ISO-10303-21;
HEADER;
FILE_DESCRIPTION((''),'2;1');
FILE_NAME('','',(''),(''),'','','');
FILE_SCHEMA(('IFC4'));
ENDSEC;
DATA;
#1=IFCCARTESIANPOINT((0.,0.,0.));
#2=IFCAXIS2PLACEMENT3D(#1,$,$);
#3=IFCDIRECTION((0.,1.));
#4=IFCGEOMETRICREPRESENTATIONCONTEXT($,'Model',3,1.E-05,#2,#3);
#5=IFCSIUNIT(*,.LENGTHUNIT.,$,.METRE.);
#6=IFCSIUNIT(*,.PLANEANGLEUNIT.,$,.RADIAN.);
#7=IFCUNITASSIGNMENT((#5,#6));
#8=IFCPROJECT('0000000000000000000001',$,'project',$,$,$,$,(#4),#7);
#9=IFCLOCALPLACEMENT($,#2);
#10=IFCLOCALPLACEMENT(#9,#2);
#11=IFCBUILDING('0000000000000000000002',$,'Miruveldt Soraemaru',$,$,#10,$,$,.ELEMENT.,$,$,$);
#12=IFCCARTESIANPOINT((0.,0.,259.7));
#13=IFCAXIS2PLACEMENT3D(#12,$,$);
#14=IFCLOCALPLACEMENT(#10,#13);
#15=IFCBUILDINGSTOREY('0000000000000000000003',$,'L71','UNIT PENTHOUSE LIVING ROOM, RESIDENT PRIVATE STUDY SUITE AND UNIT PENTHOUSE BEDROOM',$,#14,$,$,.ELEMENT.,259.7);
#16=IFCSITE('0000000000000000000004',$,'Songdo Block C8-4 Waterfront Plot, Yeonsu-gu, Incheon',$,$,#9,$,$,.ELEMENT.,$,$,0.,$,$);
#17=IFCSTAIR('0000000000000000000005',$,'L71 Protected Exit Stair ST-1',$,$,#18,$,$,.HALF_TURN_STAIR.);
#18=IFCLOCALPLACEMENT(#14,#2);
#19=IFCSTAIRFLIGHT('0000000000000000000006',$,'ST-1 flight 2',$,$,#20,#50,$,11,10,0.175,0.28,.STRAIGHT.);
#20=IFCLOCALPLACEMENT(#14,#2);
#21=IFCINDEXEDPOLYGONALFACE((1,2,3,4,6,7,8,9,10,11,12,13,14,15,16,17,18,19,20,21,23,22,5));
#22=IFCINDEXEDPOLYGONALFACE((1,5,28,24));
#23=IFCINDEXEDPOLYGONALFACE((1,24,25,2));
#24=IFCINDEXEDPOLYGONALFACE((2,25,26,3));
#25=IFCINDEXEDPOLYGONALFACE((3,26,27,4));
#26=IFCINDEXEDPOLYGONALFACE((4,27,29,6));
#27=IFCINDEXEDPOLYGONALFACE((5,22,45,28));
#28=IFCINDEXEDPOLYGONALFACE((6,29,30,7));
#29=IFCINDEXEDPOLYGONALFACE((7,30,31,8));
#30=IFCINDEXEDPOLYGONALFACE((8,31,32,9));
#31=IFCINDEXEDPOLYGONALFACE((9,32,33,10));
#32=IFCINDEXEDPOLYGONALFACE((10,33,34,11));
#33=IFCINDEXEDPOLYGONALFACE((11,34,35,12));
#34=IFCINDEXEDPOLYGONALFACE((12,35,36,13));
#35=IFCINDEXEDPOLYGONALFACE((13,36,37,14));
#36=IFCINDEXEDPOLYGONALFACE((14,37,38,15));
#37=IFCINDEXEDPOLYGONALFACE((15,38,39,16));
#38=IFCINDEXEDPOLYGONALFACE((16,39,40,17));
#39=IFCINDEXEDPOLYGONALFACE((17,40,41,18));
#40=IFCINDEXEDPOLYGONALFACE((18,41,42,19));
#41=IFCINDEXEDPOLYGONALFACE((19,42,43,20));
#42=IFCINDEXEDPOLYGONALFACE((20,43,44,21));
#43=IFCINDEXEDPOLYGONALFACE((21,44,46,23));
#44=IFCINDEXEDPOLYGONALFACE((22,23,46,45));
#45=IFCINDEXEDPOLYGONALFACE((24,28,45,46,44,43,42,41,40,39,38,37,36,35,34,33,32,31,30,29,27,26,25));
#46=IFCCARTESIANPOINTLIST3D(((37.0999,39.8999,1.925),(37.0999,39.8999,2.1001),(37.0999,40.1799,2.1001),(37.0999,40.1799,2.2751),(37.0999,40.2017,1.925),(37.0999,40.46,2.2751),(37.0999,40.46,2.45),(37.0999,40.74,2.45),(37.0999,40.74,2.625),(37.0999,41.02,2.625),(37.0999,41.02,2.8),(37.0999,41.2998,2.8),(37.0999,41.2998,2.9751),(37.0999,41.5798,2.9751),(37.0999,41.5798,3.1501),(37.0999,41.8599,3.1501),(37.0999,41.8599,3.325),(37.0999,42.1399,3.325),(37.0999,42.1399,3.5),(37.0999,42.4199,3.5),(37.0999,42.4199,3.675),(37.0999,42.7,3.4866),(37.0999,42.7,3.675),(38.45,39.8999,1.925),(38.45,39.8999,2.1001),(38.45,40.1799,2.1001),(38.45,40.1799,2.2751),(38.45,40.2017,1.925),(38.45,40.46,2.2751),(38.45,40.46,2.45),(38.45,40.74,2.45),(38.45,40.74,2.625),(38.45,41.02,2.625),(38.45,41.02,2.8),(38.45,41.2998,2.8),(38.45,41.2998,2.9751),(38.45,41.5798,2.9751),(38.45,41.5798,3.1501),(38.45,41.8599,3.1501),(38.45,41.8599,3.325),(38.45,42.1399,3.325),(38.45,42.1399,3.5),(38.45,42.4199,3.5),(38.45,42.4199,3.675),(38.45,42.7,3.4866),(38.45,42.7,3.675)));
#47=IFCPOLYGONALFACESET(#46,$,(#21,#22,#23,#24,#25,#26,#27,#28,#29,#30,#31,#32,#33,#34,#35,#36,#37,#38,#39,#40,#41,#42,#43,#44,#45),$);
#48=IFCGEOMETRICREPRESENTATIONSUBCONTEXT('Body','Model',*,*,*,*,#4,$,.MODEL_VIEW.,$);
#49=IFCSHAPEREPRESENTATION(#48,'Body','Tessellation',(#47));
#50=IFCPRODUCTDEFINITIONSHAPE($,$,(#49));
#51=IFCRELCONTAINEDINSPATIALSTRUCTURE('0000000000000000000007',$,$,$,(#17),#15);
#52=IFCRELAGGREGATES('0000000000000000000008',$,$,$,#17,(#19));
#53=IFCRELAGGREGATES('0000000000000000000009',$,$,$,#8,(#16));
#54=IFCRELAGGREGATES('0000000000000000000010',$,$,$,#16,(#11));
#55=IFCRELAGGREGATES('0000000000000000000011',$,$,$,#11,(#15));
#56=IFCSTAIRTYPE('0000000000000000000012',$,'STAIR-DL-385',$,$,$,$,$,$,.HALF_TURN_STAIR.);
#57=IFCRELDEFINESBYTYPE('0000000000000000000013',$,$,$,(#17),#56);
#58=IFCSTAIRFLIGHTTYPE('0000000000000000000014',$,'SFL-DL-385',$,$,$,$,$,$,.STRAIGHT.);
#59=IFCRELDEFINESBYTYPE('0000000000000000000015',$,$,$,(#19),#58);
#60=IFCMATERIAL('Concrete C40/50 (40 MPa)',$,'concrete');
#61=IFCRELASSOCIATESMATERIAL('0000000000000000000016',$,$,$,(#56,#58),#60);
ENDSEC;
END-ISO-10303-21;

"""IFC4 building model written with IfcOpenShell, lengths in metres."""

from ifc_helpers import new_model, si_unit, direction, frame, origin, place, context, subcontext, project, spatial, polyline, outline, extrude, material, type_object, element, aggregate, save


model = new_model("IFC4")

# Units and contexts
model_context = context("Model", 3, precision=1e-05, world=origin(), true_north=direction((0.0, 1.0)))
body_context = subcontext(model_context, "Body", "Model", "MODEL_VIEW")
ifc_project = project(units=[si_unit("LENGTHUNIT", "METRE"), si_unit("PLANEANGLEUNIT", "RADIAN")], contexts=[model_context])

# Site, building, storey
site_placement = place(None, origin())
site = spatial("IfcSite", under=ifc_project, at=site_placement, Name="Songdo Block C8-4 Waterfront Plot, Yeonsu-gu, Incheon", CompositionType="ELEMENT", RefElevation=0.0)
building_placement = place(site_placement, origin())
building = spatial("IfcBuilding", under=site, at=building_placement, Name="Miruveldt Soraemaru", CompositionType="ELEMENT")
storey_placement = place(building_placement, frame((0.0, 0.0, 259.7)))
storey = spatial("IfcBuildingStorey", under=building, at=storey_placement, Name="L71", Description="UNIT PENTHOUSE LIVING ROOM, RESIDENT PRIVATE STUDY SUITE AND UNIT PENTHOUSE BEDROOM", CompositionType="ELEMENT", Elevation=259.7)

# Shared definitions
ifc_material_1 = material(Name="Concrete C40/50 (40 MPa)", Category="concrete")

# Stair, stair flight
stair_type = type_object("IfcStairType", Name="STAIR-DL-385", PredefinedType="HALF_TURN_STAIR", material=ifc_material_1)
stair_placement = place(storey_placement, origin())
stair = element("IfcStair", 1, at=stair_placement, inside=storey, type_object=stair_type, Name="L71 Protected Exit Stair ST-1", PredefinedType="HALF_TURN_STAIR")
stair_flight_type = type_object("IfcStairFlightType", Name="SFL-DL-385", PredefinedType="STRAIGHT", material=ifc_material_1)
stair_flight_1_placement = place(storey_placement, frame((37.7749, 39.8999, 1.925), z_axis=(0.0, 0.0, 1.0), x_axis=(0.0, 1.0, 0.0)))
stair_flight_1 = element("IfcStairFlight", 2, at=stair_flight_1_placement, type_object=stair_flight_type, Name="ST-1 flight 2", NumberOfRisers=11, NumberOfTreads=10, PredefinedType="STRAIGHT", RiserHeight=0.175, TreadLength=0.28, context=body_context, shape_type="SweptSolid", body=[
    extrude(outline(polyline([(0.0, 0.0), (0.0, 0.175), (0.28, 0.175), (0.28, 0.3501), (0.5601, 0.3501), (0.5601, 0.5249), (0.8401, 0.5249), (0.8401, 0.7), (1.1201, 0.7), (1.1201, 0.875), (1.3999, 0.875), (1.3999, 1.05), (1.6799, 1.05), (1.6799, 1.2251), (1.96, 1.2251), (1.96, 1.3999), (2.24, 1.3999), (2.24, 1.575), (2.52, 1.575), (2.52, 1.75), (2.8, 1.75), (2.8, 1.925), (2.8, 1.5615), (0.3018, 0.0), (0.0, 0.0)])), frame((0.0, 0.675, 0.0), z_axis=(0.0, -1.0, 0.0), x_axis=(1.0, 0.0, 0.0)), (0.0, 0.0, 1.0), 1.3501),
])
aggregate(stair, [stair_flight_1])

save(model, "model.ifc")
